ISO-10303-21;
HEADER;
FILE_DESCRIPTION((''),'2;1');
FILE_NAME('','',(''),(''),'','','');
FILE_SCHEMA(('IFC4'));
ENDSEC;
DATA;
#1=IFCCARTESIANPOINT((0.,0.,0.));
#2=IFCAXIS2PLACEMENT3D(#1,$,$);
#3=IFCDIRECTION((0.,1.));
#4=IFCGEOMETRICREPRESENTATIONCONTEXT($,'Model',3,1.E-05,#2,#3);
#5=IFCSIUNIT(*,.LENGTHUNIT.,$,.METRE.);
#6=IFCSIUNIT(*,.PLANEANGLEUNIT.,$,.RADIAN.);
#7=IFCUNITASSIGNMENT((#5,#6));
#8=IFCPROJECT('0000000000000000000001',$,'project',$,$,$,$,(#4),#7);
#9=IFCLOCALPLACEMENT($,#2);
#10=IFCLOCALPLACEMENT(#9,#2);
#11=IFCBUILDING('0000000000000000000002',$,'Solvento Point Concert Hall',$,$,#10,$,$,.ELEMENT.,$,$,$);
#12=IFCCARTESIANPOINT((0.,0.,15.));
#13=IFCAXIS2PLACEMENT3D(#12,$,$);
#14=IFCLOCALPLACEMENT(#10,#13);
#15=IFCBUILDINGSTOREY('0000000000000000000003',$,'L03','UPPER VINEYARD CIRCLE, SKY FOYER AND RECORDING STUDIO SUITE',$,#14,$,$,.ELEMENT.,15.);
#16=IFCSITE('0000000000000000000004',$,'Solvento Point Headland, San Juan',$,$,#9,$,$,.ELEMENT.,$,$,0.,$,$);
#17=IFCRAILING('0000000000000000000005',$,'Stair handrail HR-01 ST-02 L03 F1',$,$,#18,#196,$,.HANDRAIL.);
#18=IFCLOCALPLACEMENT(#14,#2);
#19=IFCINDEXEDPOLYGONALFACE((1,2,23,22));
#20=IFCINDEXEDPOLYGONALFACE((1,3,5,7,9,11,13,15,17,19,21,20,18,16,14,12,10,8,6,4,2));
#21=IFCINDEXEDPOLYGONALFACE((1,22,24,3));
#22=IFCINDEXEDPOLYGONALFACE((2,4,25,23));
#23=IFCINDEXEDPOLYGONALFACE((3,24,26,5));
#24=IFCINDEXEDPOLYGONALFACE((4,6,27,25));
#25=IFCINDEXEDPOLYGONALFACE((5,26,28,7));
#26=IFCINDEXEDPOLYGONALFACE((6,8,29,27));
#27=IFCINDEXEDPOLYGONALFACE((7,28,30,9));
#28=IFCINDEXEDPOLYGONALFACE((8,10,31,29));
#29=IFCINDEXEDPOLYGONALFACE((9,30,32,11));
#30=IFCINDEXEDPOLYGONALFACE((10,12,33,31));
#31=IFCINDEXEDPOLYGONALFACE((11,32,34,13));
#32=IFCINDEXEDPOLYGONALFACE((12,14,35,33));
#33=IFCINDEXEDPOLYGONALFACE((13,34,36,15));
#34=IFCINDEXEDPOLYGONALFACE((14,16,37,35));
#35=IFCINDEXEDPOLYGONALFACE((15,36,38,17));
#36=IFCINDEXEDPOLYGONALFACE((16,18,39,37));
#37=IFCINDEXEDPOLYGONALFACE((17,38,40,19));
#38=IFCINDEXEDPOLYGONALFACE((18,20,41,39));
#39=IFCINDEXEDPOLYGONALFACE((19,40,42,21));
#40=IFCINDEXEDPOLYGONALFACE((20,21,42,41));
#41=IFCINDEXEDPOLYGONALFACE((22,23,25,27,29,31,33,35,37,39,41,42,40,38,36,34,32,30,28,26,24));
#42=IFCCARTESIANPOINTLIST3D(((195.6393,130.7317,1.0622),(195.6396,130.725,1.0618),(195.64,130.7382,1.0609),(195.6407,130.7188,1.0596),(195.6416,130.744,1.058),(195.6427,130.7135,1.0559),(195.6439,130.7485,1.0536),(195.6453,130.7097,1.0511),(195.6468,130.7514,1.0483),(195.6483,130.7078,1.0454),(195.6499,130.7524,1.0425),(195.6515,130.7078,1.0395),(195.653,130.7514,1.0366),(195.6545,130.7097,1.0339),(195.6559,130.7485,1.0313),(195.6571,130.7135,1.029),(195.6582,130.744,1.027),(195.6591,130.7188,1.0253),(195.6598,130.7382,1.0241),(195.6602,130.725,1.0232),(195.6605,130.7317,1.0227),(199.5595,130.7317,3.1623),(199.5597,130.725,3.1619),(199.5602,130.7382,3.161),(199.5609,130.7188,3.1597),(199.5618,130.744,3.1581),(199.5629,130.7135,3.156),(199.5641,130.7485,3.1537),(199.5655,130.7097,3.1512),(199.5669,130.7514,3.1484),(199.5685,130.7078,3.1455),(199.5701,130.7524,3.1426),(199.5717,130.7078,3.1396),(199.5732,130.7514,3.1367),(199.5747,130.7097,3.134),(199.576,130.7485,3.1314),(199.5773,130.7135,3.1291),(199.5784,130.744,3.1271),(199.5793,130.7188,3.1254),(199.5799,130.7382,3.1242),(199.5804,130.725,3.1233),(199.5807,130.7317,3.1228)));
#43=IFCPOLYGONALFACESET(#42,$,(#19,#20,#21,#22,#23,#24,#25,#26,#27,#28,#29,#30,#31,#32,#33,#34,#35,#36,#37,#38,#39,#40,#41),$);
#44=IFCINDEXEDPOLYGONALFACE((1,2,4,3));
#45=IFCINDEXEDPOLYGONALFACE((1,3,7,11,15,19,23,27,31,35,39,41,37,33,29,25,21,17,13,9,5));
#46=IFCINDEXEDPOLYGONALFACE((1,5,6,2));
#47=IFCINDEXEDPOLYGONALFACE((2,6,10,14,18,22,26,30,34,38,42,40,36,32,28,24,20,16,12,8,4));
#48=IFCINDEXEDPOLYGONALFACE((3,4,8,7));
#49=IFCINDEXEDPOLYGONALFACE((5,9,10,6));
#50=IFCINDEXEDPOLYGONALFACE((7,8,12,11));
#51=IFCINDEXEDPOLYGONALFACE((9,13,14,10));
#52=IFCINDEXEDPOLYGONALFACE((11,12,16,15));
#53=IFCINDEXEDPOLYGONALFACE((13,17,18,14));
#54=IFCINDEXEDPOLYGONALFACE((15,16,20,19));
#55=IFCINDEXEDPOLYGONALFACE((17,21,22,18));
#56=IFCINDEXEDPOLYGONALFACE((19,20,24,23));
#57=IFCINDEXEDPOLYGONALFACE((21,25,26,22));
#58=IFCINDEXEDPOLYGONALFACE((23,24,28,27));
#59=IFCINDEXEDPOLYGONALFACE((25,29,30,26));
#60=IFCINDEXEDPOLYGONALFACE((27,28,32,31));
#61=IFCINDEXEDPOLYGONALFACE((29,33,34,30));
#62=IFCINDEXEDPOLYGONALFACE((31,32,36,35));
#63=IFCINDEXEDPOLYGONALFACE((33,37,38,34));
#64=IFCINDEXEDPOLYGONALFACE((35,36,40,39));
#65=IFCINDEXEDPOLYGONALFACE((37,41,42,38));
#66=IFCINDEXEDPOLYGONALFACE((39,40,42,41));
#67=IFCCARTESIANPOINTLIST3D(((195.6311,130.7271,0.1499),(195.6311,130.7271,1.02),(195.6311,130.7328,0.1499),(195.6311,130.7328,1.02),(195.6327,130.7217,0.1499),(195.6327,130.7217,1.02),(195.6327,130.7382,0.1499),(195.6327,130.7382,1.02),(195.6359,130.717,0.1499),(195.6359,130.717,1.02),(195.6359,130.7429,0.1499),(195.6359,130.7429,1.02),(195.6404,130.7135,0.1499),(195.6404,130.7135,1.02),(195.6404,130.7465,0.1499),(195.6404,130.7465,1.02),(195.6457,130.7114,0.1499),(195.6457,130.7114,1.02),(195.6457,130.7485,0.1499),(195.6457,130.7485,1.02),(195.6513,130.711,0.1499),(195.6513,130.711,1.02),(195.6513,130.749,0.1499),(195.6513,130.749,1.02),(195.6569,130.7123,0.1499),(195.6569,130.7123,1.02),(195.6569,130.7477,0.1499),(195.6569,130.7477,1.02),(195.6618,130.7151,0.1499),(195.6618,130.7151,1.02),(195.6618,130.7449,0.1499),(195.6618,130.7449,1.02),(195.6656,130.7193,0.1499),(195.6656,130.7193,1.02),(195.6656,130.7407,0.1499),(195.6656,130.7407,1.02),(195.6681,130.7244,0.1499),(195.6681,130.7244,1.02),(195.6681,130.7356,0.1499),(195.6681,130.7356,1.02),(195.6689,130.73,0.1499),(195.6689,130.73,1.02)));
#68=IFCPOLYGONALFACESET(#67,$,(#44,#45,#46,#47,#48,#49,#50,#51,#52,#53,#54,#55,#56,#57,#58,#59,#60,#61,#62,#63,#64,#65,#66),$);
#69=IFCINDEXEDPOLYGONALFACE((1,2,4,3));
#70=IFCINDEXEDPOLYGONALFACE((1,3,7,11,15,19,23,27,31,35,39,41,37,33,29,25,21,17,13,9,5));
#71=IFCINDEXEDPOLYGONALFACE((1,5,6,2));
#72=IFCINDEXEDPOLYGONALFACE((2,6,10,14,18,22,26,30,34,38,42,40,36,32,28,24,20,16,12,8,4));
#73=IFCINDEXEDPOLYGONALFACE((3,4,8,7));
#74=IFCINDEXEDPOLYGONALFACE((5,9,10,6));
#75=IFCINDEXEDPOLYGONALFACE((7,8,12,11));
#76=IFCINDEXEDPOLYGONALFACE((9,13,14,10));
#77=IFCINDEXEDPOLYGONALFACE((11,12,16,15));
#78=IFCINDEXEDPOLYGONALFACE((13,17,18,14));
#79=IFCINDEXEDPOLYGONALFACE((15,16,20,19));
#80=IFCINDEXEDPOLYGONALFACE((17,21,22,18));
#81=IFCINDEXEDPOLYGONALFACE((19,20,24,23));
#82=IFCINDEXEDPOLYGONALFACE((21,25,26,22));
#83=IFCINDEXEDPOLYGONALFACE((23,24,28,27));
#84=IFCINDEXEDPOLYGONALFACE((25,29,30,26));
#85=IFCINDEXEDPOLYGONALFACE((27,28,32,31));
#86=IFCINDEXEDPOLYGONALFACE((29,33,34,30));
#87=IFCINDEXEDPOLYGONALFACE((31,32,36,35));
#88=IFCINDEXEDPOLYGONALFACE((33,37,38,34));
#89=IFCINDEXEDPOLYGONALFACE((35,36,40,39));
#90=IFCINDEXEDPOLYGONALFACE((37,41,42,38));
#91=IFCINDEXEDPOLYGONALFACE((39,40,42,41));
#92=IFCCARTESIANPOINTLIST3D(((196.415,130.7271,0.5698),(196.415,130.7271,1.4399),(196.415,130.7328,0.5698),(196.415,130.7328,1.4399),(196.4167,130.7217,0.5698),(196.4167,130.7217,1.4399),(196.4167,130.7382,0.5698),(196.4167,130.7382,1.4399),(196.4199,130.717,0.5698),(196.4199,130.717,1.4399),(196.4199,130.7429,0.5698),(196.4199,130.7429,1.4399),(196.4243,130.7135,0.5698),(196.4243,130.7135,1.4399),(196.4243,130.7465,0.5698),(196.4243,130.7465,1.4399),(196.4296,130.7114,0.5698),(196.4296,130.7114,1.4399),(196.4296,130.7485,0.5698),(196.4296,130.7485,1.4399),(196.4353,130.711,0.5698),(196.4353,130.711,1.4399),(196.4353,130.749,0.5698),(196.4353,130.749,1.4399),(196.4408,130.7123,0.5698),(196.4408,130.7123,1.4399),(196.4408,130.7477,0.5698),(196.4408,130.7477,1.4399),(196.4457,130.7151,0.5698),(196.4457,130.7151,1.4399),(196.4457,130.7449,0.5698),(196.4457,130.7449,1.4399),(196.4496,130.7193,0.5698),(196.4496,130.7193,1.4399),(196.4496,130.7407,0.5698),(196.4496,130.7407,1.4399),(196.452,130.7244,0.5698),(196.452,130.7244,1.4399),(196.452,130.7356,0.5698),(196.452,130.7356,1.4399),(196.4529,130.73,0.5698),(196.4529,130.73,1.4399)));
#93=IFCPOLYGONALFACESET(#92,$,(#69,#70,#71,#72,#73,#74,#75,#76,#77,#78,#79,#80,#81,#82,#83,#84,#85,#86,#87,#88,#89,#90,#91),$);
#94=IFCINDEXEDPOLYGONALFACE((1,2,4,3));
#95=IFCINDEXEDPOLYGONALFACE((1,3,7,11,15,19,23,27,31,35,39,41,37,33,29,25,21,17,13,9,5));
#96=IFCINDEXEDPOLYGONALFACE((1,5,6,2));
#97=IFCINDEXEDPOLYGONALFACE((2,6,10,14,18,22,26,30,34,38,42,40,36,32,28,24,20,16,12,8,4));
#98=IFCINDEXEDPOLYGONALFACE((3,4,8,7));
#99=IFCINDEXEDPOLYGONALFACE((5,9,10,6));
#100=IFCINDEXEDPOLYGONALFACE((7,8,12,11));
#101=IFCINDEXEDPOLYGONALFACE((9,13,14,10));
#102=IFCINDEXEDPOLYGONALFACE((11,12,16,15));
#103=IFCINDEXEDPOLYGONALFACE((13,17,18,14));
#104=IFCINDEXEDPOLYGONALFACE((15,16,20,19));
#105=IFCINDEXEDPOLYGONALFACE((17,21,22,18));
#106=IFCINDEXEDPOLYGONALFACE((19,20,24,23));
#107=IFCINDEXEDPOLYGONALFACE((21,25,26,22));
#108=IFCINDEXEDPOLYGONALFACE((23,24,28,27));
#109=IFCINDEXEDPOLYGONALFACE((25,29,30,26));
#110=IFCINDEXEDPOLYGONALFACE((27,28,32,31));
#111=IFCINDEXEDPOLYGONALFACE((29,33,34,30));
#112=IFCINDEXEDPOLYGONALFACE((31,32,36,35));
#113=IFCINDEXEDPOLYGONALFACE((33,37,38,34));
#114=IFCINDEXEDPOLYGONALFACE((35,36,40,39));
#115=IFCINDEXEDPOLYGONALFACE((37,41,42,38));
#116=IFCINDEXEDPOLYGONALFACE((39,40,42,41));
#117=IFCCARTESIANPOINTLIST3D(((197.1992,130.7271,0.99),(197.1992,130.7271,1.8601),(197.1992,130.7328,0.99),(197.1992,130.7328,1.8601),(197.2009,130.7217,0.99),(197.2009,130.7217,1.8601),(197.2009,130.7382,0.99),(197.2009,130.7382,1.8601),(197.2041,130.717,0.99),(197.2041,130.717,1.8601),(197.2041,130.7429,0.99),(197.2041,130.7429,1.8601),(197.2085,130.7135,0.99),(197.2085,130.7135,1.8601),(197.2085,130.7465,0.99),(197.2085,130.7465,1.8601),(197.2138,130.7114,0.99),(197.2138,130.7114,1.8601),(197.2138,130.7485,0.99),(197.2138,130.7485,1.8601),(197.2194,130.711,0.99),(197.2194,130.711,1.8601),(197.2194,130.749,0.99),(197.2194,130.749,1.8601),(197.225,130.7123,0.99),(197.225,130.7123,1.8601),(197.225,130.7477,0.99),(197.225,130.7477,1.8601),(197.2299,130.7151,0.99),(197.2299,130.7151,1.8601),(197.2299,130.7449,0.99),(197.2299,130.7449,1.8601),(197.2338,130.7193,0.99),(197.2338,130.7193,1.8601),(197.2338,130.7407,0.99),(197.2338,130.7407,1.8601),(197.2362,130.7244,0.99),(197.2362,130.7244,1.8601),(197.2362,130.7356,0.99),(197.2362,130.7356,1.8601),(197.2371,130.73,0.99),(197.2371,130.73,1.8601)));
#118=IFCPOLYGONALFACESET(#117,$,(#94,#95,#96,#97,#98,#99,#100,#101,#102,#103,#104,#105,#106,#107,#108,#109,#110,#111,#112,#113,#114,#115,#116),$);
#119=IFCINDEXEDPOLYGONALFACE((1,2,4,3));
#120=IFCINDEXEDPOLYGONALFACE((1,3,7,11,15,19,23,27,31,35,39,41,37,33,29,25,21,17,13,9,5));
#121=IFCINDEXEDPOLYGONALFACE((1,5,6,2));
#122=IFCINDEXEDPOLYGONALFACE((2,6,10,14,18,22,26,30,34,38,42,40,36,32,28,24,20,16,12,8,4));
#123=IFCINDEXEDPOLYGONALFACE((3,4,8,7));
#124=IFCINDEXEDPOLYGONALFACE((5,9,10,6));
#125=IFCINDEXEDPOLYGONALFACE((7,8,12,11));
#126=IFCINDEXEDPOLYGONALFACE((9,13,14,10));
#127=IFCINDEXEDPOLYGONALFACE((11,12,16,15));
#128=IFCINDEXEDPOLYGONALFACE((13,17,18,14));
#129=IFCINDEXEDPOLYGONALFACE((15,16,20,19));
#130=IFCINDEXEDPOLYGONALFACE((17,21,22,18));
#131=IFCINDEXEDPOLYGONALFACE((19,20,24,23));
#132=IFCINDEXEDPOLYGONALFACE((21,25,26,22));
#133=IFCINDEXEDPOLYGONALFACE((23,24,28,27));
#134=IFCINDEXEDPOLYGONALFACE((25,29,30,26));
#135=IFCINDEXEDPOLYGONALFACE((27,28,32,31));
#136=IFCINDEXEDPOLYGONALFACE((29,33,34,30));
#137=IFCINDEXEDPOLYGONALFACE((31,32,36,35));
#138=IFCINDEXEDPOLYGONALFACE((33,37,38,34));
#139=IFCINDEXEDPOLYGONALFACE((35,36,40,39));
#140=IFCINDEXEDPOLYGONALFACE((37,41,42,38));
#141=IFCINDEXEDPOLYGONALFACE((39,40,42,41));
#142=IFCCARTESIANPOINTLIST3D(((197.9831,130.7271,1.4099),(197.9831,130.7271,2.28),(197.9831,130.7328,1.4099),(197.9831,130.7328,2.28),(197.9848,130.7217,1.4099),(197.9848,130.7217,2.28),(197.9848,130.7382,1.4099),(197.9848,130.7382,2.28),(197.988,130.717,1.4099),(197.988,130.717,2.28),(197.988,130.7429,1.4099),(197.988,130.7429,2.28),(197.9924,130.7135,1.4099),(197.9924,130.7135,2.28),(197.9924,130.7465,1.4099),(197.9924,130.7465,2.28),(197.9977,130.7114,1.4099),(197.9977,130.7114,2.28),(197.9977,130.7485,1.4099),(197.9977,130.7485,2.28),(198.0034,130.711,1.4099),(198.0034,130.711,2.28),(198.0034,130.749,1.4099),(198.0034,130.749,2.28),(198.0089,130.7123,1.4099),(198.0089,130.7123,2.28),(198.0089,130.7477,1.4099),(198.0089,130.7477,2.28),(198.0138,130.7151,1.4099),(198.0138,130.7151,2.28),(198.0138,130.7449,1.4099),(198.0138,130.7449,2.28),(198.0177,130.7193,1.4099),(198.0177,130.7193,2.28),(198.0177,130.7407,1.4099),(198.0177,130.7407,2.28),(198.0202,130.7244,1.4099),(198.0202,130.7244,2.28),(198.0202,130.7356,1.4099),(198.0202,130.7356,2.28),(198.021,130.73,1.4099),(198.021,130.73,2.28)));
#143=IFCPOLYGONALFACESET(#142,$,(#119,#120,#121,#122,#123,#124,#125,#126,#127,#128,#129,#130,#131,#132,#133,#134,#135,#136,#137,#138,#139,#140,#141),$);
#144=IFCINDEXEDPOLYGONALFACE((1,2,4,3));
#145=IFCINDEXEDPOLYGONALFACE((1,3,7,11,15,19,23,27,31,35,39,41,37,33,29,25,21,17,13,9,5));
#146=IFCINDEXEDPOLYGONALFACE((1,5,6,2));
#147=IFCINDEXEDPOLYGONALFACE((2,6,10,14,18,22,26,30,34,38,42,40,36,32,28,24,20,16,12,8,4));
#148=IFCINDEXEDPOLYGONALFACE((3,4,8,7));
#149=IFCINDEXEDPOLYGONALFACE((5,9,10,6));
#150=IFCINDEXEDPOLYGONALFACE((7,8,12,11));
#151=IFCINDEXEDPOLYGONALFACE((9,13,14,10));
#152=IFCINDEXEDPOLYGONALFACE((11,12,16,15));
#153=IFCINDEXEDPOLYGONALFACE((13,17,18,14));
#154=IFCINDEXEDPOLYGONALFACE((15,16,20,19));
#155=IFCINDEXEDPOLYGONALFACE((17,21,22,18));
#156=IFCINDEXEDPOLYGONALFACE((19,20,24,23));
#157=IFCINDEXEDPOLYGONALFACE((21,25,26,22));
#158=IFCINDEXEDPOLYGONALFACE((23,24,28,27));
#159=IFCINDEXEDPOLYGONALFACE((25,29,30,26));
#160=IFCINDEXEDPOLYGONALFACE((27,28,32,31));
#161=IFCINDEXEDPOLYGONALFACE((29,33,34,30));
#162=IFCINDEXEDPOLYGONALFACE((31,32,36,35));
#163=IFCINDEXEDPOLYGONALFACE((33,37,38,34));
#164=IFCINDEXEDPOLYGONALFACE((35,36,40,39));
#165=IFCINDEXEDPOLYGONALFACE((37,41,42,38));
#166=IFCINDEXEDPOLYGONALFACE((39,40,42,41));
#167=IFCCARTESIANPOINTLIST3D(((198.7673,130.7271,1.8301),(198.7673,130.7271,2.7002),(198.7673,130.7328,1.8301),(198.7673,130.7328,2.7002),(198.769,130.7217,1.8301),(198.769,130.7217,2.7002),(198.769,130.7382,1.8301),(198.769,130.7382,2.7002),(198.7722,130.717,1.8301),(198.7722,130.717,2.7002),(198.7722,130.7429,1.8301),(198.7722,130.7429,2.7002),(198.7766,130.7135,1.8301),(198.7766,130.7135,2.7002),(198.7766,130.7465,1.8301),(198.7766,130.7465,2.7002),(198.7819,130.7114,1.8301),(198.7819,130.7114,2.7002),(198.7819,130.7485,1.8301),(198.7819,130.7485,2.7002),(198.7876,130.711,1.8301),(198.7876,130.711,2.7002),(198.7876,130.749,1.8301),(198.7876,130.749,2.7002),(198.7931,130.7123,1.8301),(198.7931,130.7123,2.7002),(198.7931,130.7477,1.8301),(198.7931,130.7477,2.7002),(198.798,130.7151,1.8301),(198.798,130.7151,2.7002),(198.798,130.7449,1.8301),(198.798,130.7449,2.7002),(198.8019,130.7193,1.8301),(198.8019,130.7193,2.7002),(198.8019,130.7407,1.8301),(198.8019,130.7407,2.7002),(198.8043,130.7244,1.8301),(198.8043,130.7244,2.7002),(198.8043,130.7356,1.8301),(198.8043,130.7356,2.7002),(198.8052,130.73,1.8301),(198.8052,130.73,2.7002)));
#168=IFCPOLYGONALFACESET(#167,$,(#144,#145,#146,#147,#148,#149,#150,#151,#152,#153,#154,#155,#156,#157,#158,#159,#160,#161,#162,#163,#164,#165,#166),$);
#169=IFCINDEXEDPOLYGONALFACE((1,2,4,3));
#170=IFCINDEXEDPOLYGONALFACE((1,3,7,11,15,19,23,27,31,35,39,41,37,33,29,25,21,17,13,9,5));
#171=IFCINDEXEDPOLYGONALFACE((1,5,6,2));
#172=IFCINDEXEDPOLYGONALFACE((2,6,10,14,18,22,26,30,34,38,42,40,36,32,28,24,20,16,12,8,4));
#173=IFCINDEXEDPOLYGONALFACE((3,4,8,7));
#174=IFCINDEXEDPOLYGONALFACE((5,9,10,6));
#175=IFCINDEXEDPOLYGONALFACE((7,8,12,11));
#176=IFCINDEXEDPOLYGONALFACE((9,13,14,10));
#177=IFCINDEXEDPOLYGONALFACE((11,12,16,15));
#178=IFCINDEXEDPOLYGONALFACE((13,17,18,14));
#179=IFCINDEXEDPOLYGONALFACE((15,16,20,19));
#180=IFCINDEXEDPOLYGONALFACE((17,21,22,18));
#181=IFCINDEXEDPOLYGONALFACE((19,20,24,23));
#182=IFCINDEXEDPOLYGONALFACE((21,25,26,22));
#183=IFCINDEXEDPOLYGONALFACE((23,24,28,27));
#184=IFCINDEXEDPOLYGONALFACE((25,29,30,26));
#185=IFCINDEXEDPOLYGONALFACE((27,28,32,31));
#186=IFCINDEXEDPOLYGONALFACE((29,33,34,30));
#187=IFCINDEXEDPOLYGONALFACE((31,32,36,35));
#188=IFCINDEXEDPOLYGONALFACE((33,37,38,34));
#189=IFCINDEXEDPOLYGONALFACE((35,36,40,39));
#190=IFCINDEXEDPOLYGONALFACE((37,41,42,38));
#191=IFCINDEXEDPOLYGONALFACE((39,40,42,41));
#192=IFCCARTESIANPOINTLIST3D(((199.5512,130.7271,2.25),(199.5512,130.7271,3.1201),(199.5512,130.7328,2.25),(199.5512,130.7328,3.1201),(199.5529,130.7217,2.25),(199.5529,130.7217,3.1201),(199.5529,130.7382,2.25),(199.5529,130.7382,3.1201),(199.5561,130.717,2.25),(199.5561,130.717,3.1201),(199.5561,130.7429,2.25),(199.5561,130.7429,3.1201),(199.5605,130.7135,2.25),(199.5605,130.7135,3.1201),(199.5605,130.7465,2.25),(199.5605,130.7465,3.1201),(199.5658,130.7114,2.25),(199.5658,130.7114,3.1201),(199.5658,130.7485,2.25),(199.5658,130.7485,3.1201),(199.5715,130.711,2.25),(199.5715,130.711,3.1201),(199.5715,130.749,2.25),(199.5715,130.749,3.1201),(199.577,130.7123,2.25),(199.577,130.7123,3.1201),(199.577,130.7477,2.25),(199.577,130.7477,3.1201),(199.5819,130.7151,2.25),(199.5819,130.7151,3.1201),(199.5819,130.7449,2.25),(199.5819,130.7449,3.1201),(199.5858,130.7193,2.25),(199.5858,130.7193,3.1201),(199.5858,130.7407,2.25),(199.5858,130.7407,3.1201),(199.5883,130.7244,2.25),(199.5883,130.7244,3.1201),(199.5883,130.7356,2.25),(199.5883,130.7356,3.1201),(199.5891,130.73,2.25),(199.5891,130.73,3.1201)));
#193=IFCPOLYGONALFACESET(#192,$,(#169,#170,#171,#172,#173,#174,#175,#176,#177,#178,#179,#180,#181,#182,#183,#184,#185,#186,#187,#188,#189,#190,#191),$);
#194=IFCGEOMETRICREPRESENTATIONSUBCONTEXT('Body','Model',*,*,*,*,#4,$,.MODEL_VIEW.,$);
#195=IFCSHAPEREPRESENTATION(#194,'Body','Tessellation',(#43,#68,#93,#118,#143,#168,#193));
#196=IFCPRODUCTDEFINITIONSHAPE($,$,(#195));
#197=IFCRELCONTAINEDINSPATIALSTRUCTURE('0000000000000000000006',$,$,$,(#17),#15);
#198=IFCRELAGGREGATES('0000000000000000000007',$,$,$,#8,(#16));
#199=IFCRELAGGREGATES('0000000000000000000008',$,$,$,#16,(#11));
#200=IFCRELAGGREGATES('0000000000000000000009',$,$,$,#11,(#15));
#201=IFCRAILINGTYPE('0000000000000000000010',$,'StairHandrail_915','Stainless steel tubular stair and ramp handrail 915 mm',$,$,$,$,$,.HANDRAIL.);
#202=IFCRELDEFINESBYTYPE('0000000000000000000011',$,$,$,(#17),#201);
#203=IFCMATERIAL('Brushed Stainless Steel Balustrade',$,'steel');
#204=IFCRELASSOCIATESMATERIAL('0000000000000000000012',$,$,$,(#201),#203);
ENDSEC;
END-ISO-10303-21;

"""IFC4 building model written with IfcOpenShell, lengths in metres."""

from ifc_helpers import new_model, si_unit, direction, frame, origin, origin_2d, place, context, subcontext, project, spatial, circle, extrude, material, type_object, element, save


model = new_model("IFC4")

# Units and contexts
model_context = context("Model", 3, precision=1e-05, world=origin(), true_north=direction((0.0, 1.0)))
body_context = subcontext(model_context, "Body", "Model", "MODEL_VIEW")
ifc_project = project(units=[si_unit("LENGTHUNIT", "METRE"), si_unit("PLANEANGLEUNIT", "RADIAN")], contexts=[model_context])

# Site, building, storey
site_placement = place(None, origin())
site = spatial("IfcSite", under=ifc_project, at=site_placement, Name="Solvento Point Headland, San Juan", CompositionType="ELEMENT", RefElevation=0.0)
building_placement = place(site_placement, origin())
building = spatial("IfcBuilding", under=site, at=building_placement, Name="Solvento Point Concert Hall", CompositionType="ELEMENT")
storey_placement = place(building_placement, frame((0.0, 0.0, 15.0)))
storey = spatial("IfcBuildingStorey", under=building, at=storey_placement, Name="L03", Description="UPPER VINEYARD CIRCLE, SKY FOYER AND RECORDING STUDIO SUITE", CompositionType="ELEMENT", Elevation=15.0)

# Railing
ifc_material_1 = material(Name="Brushed Stainless Steel Balustrade", Category="steel")
railing_type_1 = type_object("IfcRailingType", Name="StairHandrail_915", Description="Stainless steel tubular stair and ramp handrail 915 mm", PredefinedType="HANDRAIL", material=ifc_material_1)
railing_1_placement = place(storey_placement, frame((195.6499, 130.73, 0.1499)))
element("IfcRailing", 1, at=railing_1_placement, inside=storey, type_object=railing_type_1, Name="Stair handrail HR-01 ST-02 L03 F1", PredefinedType="HANDRAIL", context=body_context, shape_type="SweptSolid", body=[
    extrude(circle(Radius=0.0225, at=origin_2d()), frame((0.0, 0.0, 0.8926), z_axis=(0.881479, 0.0, 0.472223), x_axis=(0.0, 1.0, 0.0)), (0.0, 0.0, 1.0), 4.4473),
    extrude(circle(Radius=0.019, at=origin_2d()), origin(), (0.0, 0.0, 1.0), 0.8701),
    extrude(circle(Radius=0.019, at=origin_2d()), frame((0.7839, 0.0, 0.4199)), (0.0, 0.0, 1.0), 0.8701),
    extrude(circle(Radius=0.019, at=origin_2d()), frame((1.5681, 0.0, 0.8401)), (0.0, 0.0, 1.0), 0.8701),
    extrude(circle(Radius=0.019, at=origin_2d()), frame((2.3521, 0.0, 1.26)), (0.0, 0.0, 1.0), 0.8701),
    extrude(circle(Radius=0.019, at=origin_2d()), frame((3.1362, 0.0, 1.6802)), (0.0, 0.0, 1.0), 0.8701),
    extrude(circle(Radius=0.019, at=origin_2d()), frame((3.9202, 0.0, 2.1001)), (0.0, 0.0, 1.0), 0.8701),
])

save(model, "model.ifc")
